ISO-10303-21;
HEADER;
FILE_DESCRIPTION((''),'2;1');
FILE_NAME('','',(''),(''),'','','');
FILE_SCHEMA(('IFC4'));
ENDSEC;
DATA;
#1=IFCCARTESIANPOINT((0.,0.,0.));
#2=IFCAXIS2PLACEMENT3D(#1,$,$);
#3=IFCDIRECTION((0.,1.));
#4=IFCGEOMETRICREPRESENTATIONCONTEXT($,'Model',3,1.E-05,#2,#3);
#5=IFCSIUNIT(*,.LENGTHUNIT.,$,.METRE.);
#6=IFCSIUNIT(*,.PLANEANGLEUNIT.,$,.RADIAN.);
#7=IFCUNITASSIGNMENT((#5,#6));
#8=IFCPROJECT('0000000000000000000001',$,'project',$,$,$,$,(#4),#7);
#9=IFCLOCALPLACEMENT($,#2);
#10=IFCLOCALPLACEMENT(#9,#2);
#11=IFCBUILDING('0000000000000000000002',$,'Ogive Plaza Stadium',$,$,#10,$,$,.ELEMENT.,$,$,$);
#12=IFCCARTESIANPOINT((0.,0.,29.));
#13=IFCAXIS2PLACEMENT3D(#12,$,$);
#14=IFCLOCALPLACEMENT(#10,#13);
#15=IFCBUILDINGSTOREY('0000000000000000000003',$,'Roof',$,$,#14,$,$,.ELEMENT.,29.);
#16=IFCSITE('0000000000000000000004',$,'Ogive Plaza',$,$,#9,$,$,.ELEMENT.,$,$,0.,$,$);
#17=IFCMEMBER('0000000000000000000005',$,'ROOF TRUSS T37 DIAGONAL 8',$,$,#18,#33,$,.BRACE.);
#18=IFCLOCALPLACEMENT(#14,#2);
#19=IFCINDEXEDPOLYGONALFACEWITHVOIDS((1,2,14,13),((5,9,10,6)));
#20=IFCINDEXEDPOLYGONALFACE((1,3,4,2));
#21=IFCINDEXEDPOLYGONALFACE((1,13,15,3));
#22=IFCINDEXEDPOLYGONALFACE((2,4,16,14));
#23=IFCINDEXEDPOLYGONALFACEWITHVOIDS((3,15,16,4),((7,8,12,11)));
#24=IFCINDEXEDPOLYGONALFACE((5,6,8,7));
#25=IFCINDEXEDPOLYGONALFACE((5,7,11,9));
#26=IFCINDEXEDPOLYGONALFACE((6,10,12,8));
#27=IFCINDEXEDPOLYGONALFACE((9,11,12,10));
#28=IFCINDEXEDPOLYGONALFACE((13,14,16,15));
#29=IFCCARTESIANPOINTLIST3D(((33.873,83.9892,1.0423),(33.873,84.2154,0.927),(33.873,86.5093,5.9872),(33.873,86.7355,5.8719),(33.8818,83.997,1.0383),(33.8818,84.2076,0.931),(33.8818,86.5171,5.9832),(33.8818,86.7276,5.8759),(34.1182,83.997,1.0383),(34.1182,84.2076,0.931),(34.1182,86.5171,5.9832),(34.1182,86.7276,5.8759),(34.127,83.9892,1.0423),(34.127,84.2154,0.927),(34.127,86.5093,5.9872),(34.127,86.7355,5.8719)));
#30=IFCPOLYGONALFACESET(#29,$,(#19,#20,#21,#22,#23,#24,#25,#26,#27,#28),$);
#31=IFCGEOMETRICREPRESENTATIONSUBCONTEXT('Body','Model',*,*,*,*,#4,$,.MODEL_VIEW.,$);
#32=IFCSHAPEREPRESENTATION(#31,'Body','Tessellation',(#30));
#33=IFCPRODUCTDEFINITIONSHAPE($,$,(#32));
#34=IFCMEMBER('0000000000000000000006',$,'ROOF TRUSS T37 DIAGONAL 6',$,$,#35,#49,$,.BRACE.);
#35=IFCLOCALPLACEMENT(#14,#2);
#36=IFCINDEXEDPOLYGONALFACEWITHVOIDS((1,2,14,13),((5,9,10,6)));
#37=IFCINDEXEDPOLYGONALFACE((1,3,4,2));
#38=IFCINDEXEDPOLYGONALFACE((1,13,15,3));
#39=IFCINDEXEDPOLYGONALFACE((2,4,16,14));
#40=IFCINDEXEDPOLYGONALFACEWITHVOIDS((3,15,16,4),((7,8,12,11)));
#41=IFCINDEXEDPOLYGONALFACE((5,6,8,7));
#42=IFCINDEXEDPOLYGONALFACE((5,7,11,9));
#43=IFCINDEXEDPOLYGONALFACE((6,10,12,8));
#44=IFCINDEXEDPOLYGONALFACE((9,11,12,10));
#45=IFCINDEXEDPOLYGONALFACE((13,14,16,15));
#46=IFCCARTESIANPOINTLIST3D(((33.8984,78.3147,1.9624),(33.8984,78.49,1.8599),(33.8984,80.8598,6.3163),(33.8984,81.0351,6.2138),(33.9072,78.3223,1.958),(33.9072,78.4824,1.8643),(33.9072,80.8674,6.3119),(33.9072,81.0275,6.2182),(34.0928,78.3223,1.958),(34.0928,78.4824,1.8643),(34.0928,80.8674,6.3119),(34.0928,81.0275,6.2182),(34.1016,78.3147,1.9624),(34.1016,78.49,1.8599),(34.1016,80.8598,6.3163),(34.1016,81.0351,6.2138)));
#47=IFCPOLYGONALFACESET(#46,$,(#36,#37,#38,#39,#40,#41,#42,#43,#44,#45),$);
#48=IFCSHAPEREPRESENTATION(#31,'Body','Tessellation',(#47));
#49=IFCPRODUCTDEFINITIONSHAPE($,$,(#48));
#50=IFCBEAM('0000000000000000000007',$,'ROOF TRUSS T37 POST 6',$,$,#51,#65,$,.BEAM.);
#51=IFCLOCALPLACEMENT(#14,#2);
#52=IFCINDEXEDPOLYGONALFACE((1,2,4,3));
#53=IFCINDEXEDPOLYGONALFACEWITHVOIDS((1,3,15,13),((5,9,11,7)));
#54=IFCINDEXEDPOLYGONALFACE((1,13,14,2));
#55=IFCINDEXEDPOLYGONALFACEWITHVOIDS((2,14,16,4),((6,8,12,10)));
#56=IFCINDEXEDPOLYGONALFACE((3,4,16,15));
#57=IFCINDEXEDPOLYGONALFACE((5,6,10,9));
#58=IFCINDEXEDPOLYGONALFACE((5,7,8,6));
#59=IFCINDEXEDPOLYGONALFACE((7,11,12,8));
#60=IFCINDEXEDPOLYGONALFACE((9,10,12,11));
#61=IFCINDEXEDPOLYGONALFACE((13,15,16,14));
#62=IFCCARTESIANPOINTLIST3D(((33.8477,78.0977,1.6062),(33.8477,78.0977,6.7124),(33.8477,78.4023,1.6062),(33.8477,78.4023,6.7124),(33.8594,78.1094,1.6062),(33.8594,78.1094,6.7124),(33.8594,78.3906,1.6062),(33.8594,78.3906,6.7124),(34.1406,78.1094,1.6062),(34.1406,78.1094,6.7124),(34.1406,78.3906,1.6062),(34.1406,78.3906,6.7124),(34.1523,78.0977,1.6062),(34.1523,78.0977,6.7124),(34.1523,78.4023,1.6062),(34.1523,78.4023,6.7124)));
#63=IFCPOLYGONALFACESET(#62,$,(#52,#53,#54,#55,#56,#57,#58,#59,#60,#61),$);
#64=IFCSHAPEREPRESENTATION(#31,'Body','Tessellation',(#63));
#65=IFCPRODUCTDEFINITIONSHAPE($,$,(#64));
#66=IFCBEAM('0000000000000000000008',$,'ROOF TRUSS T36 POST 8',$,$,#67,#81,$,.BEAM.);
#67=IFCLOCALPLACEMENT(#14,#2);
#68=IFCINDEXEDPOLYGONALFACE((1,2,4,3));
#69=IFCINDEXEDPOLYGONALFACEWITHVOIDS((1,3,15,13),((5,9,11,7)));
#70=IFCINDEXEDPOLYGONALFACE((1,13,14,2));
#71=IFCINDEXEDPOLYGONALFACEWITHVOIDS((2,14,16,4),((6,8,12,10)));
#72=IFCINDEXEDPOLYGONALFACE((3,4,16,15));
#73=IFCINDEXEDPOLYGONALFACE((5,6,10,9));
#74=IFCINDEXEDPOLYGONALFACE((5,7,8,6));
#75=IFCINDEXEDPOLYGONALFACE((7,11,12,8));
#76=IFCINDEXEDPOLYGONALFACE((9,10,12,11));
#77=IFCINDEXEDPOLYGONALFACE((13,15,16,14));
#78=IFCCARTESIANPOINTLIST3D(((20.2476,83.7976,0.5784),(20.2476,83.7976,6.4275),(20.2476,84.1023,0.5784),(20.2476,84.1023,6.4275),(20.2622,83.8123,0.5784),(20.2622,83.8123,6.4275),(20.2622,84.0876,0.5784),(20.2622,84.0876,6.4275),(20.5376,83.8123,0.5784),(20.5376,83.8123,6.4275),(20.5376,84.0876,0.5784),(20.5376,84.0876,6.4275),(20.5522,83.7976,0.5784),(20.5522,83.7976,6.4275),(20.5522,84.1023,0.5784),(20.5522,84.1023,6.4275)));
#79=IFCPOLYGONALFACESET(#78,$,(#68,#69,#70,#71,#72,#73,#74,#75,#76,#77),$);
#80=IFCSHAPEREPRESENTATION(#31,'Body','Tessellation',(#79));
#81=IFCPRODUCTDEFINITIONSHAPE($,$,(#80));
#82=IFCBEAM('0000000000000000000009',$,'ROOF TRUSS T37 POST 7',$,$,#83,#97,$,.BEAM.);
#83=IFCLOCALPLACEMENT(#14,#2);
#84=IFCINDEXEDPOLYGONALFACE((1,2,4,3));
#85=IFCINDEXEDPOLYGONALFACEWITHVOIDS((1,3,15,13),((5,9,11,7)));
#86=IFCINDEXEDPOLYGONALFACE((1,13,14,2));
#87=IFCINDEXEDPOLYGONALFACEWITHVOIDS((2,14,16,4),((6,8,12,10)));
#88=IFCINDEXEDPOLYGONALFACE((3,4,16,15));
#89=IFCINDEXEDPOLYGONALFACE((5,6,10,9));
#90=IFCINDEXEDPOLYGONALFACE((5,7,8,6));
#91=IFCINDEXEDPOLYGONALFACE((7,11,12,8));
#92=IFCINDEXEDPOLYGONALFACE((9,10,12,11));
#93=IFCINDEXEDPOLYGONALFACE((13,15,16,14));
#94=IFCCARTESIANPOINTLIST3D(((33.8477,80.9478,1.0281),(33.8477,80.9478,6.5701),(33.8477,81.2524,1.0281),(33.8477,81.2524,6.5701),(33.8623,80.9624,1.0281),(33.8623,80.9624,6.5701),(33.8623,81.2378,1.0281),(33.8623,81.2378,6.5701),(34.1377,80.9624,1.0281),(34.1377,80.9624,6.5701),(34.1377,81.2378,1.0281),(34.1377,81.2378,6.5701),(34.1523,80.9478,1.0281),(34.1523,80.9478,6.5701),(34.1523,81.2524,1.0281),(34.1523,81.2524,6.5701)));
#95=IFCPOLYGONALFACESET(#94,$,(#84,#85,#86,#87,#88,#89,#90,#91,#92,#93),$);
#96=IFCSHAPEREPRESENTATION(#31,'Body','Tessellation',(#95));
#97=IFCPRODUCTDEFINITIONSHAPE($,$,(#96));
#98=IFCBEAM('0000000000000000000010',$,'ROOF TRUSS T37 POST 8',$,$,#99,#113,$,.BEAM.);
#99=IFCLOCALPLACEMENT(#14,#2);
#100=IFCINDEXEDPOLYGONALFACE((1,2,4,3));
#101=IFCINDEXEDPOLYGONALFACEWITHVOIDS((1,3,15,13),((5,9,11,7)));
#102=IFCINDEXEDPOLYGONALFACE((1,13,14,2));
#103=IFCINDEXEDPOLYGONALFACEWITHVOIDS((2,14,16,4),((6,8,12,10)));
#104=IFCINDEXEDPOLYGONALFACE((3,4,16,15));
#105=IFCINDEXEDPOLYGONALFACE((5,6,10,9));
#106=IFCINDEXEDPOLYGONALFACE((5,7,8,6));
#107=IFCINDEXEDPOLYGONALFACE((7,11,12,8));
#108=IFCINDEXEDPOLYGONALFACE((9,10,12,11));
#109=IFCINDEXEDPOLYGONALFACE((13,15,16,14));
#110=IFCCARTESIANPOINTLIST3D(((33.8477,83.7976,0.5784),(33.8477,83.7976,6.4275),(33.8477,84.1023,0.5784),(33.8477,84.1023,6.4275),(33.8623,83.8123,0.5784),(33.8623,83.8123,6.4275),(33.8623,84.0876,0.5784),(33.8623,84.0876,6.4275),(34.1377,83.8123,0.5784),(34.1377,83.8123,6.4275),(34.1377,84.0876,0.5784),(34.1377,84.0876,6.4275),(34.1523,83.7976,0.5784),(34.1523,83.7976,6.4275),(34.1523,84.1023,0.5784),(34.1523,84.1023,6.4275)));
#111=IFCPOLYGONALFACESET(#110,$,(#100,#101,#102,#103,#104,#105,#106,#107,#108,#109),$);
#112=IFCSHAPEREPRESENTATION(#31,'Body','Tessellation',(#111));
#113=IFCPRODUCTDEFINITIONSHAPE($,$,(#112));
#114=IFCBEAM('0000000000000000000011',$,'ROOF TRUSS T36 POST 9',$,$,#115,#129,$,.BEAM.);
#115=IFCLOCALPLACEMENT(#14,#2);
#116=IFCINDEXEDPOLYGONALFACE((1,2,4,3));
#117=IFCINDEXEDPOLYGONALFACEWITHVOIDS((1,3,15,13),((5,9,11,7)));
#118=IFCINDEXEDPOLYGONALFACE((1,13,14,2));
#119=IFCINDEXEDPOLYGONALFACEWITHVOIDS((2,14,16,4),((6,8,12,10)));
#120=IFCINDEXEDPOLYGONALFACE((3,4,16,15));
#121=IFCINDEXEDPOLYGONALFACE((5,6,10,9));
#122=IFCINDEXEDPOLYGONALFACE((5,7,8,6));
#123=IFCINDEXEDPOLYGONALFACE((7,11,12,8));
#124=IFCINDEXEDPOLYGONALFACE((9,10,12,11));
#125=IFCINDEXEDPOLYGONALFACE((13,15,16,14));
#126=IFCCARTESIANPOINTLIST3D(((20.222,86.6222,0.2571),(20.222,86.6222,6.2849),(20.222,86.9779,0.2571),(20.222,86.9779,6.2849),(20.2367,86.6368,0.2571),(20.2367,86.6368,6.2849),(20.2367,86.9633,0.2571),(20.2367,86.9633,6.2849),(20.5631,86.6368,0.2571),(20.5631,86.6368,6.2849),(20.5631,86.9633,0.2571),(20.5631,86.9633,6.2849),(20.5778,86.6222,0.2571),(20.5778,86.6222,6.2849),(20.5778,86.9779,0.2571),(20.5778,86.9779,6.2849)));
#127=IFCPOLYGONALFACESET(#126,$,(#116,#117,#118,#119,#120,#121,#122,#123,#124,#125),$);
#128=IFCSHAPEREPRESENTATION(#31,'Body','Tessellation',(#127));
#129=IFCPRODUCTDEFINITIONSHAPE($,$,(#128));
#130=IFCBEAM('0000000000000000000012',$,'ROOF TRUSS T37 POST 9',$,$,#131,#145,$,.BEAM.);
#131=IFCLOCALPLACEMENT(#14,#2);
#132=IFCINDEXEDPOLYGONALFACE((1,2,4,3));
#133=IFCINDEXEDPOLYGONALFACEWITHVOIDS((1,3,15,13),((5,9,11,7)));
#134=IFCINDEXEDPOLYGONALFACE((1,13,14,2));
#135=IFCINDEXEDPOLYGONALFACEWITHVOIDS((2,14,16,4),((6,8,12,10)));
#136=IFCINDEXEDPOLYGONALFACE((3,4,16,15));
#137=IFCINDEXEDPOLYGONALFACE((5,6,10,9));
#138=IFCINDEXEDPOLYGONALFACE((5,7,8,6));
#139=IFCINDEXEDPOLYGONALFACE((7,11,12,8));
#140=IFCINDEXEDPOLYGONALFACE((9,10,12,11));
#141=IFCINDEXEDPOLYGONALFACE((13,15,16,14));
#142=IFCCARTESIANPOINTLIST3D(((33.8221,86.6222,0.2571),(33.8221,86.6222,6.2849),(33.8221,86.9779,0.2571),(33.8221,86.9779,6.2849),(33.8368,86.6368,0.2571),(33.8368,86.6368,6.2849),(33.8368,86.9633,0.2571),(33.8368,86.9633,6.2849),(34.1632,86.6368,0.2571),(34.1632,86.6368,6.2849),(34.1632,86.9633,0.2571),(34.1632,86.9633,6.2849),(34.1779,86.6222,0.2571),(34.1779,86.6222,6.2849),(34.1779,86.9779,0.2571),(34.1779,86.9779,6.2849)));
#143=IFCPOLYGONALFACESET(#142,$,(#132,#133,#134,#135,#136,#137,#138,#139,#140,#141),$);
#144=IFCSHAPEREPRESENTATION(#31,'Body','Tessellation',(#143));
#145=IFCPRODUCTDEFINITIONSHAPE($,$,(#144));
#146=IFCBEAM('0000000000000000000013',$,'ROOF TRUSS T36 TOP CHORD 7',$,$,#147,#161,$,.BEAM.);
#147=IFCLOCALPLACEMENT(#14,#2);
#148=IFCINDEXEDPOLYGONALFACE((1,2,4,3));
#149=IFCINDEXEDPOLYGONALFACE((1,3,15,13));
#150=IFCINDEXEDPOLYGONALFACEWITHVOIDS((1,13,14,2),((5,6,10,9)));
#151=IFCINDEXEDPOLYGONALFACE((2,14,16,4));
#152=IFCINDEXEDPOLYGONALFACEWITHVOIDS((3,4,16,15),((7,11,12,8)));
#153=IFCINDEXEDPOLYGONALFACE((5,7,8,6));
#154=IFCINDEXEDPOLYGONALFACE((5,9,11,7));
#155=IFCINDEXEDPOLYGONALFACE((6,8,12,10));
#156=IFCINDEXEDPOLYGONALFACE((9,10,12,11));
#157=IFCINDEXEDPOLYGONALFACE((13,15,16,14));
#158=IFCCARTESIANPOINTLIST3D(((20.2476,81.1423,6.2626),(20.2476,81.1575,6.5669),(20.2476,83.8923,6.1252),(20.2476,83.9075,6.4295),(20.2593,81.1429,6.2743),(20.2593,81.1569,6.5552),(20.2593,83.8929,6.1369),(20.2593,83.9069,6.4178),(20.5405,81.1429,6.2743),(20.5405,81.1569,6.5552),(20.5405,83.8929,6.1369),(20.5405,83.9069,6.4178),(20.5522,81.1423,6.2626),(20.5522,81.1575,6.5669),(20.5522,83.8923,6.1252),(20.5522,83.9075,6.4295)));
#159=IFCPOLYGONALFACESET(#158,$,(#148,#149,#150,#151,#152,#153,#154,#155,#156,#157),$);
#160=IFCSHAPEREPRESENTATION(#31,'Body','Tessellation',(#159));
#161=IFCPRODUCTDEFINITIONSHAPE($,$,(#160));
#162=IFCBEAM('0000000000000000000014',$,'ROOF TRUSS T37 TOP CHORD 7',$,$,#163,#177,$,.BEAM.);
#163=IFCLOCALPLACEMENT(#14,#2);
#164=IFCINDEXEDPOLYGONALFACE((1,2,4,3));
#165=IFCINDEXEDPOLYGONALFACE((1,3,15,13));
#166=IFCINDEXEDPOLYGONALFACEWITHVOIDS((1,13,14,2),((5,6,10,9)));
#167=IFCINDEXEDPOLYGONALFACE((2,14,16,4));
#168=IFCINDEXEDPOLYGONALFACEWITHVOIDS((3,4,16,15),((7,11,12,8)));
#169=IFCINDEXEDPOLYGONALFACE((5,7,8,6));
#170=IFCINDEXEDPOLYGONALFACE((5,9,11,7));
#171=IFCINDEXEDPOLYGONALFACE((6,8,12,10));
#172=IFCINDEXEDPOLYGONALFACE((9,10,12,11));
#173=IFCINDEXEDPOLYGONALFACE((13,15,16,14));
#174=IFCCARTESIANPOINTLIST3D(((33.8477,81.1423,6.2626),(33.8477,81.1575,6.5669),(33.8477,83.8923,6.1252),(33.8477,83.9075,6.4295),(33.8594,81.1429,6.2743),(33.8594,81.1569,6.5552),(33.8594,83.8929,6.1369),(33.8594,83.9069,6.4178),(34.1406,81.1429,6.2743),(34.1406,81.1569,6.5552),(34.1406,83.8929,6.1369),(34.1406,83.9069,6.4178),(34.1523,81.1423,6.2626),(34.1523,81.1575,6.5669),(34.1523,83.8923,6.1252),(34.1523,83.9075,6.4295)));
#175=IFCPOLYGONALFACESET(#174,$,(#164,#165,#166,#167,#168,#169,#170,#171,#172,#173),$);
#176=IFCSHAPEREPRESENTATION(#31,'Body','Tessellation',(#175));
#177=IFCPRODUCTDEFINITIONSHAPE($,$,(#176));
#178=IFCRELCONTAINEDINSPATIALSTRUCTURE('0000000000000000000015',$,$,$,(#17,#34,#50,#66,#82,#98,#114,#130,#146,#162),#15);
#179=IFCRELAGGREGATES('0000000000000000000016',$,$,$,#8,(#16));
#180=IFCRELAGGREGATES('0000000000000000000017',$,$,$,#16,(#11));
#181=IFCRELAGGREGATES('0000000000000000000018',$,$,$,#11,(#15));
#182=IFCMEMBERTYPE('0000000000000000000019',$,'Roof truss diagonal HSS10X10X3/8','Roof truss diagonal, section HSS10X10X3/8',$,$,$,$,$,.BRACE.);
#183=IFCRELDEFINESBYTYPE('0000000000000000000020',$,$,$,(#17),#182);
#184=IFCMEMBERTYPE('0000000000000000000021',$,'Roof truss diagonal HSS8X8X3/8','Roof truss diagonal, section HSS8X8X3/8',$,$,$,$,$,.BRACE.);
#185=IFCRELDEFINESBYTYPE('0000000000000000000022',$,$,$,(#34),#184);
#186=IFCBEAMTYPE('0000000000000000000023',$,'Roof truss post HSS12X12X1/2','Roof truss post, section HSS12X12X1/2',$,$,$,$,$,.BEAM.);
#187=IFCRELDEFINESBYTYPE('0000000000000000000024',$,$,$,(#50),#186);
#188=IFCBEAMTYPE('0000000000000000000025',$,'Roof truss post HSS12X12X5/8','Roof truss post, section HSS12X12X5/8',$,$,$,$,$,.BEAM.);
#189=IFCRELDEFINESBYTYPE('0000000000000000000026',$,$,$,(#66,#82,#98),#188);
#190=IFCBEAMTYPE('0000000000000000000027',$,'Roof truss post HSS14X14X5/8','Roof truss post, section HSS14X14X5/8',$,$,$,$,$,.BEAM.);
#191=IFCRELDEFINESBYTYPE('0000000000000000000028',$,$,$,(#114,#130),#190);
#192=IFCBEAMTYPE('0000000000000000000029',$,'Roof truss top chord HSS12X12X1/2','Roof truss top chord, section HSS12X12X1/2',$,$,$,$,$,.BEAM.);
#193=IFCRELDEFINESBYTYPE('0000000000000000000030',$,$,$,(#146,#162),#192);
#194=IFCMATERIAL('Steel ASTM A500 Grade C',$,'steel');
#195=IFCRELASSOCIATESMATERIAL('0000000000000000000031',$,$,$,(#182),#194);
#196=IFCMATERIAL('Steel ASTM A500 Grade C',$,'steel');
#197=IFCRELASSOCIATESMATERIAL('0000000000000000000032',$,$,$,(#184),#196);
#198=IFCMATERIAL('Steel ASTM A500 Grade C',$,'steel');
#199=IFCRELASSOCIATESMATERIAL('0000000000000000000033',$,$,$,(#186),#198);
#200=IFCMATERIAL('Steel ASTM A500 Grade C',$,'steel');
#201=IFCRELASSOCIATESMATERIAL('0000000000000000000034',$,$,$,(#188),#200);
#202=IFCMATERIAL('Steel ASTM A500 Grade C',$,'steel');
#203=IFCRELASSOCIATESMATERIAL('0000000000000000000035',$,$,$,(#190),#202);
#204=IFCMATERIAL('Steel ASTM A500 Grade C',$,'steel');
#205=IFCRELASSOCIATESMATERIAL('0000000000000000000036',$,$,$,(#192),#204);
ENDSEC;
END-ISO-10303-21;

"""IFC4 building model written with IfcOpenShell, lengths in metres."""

from ifc_helpers import new_model, si_unit, direction, frame, origin, origin_2d, place, context, subcontext, project, spatial, hollow_rectangle, extrude, material, material_profile, profile_set, type_object, element, save


model = new_model("IFC4")

# Units and contexts
model_context = context("Model", 3, precision=1e-05, world=origin(), true_north=direction((0.0, 1.0)))
body_context = subcontext(model_context, "Body", "Model", "MODEL_VIEW")
ifc_project = project(units=[si_unit("LENGTHUNIT", "METRE"), si_unit("PLANEANGLEUNIT", "RADIAN")], contexts=[model_context])

# Site, building, storey
site_placement = place(None, origin())
site = spatial("IfcSite", under=ifc_project, at=site_placement, Name="Ogive Plaza", CompositionType="ELEMENT", RefElevation=0.0)
building_placement = place(site_placement, origin())
building = spatial("IfcBuilding", under=site, at=building_placement, Name="Ogive Plaza Stadium", CompositionType="ELEMENT")
storey_placement = place(building_placement, frame((0.0, 0.0, 29.0)))
storey = spatial("IfcBuildingStorey", under=building, at=storey_placement, Name="Roof", CompositionType="ELEMENT", Elevation=29.0)

# Members
ifc_material_1 = material(Name="Steel ASTM A500 Grade C", Category="steel")
ifc_material_profile_1 = material_profile(ifc_material_1, hollow_rectangle(XDim=0.2539, YDim=0.2539, WallThickness=0.0088, at=origin_2d()), Name="HSS10X10X3/8")
ifc_profile_set_1 = profile_set([ifc_material_profile_1], Name="Steel ASTM A500 Grade C")
member_type_1 = type_object("IfcMemberType", Name="Roof truss diagonal HSS10X10X3/8", Description="Roof truss diagonal, section HSS10X10X3/8", PredefinedType="BRACE", material=ifc_profile_set_1)
member_1_placement = place(storey_placement, frame((34.0, 84.1023, 0.9846), z_axis=(0.0, 0.454063, 0.89097), x_axis=(-1.0, 0.0, 0.0)))
element("IfcMember", 1, at=member_1_placement, inside=storey, type_object=member_type_1, Name="ROOF TRUSS T37 DIAGONAL 8", PredefinedType="BRACE", context=body_context, shape_type="SweptSolid", body=[
    extrude(hollow_rectangle(XDim=0.2539, YDim=0.2539, WallThickness=0.0088, at=origin_2d()), origin(), (0.0, 0.0, 1.0), 5.55),
])
ifc_material_2 = material(Name="Steel ASTM A500 Grade C", Category="steel")
ifc_material_profile_2 = material_profile(ifc_material_2, hollow_rectangle(XDim=0.2031, YDim=0.2031, WallThickness=0.0088, at=origin_2d()), Name="HSS8X8X3/8")
ifc_profile_set_2 = profile_set([ifc_material_profile_2], Name="Steel ASTM A500 Grade C")
member_type_2 = type_object("IfcMemberType", Name="Roof truss diagonal HSS8X8X3/8", Description="Roof truss diagonal, section HSS8X8X3/8", PredefinedType="BRACE", material=ifc_profile_set_2)
member_2_placement = place(storey_placement, frame((34.0, 78.4023, 1.9111), z_axis=(0.0, 0.504659, 0.863319), x_axis=(-1.0, 0.0, 0.0)))
element("IfcMember", 2, at=member_2_placement, inside=storey, type_object=member_type_2, Name="ROOF TRUSS T37 DIAGONAL 6", PredefinedType="BRACE", context=body_context, shape_type="SweptSolid", body=[
    extrude(hollow_rectangle(XDim=0.2031, YDim=0.2031, WallThickness=0.0088, at=origin_2d()), origin(), (0.0, 0.0, 1.0), 5.0432),
])

# Beams
ifc_material_3 = material(Name="Steel ASTM A500 Grade C", Category="steel")
ifc_material_profile_3 = material_profile(ifc_material_3, hollow_rectangle(XDim=0.3047, YDim=0.3047, WallThickness=0.0117, at=origin_2d()), Name="HSS12X12X1/2")
ifc_profile_set_3 = profile_set([ifc_material_profile_3], Name="Steel ASTM A500 Grade C")
beam_type_1 = type_object("IfcBeamType", Name="Roof truss post HSS12X12X1/2", Description="Roof truss post, section HSS12X12X1/2", PredefinedType="BEAM", material=ifc_profile_set_3)
beam_1_placement = place(storey_placement, frame((34.0, 78.25, 1.6062), z_axis=(0.0, 0.0, 1.0), x_axis=(-1.0, 0.0, 0.0)))
element("IfcBeam", 3, at=beam_1_placement, inside=storey, type_object=beam_type_1, Name="ROOF TRUSS T37 POST 6", PredefinedType="BEAM", context=body_context, shape_type="SweptSolid", body=[
    extrude(hollow_rectangle(XDim=0.3047, YDim=0.3047, WallThickness=0.0117, at=origin_2d()), origin(), (0.0, 0.0, 1.0), 5.1062),
])
ifc_material_4 = material(Name="Steel ASTM A500 Grade C", Category="steel")
ifc_material_profile_4 = material_profile(ifc_material_4, hollow_rectangle(XDim=0.3047, YDim=0.3047, WallThickness=0.0146, at=origin_2d()), Name="HSS12X12X5/8")
ifc_profile_set_4 = profile_set([ifc_material_profile_4], Name="Steel ASTM A500 Grade C")
beam_type_2 = type_object("IfcBeamType", Name="Roof truss post HSS12X12X5/8", Description="Roof truss post, section HSS12X12X5/8", PredefinedType="BEAM", material=ifc_profile_set_4)
beam_2_placement = place(storey_placement, frame((20.3999, 83.95, 0.5784), z_axis=(0.0, 0.0, 1.0), x_axis=(-1.0, 0.0, 0.0)))
element("IfcBeam", 4, at=beam_2_placement, inside=storey, type_object=beam_type_2, Name="ROOF TRUSS T36 POST 8", PredefinedType="BEAM", context=body_context, shape_type="SweptSolid", body=[
    extrude(hollow_rectangle(XDim=0.3047, YDim=0.3047, WallThickness=0.0146, at=origin_2d()), origin(), (0.0, 0.0, 1.0), 5.8491),
])
beam_3_placement = place(storey_placement, frame((34.0, 81.1001, 1.0281), z_axis=(0.0, 0.0, 1.0), x_axis=(-1.0, 0.0, 0.0)))
element("IfcBeam", 5, at=beam_3_placement, inside=storey, type_object=beam_type_2, Name="ROOF TRUSS T37 POST 7", PredefinedType="BEAM", context=body_context, shape_type="SweptSolid", body=[
    extrude(hollow_rectangle(XDim=0.3047, YDim=0.3047, WallThickness=0.0146, at=origin_2d()), origin(), (0.0, 0.0, 1.0), 5.542),
])
beam_4_placement = place(storey_placement, frame((34.0, 83.95, 0.5784), z_axis=(0.0, 0.0, 1.0), x_axis=(-1.0, 0.0, 0.0)))
element("IfcBeam", 6, at=beam_4_placement, inside=storey, type_object=beam_type_2, Name="ROOF TRUSS T37 POST 8", PredefinedType="BEAM", context=body_context, shape_type="SweptSolid", body=[
    extrude(hollow_rectangle(XDim=0.3047, YDim=0.3047, WallThickness=0.0146, at=origin_2d()), origin(), (0.0, 0.0, 1.0), 5.8491),
])
ifc_material_5 = material(Name="Steel ASTM A500 Grade C", Category="steel")
ifc_material_profile_5 = material_profile(ifc_material_5, hollow_rectangle(XDim=0.3557, YDim=0.3557, WallThickness=0.0146, at=origin_2d()), Name="HSS14X14X5/8")
ifc_profile_set_5 = profile_set([ifc_material_profile_5], Name="Steel ASTM A500 Grade C")
beam_type_3 = type_object("IfcBeamType", Name="Roof truss post HSS14X14X5/8", Description="Roof truss post, section HSS14X14X5/8", PredefinedType="BEAM", material=ifc_profile_set_5)
for number, where, z_axis, x_axis, name in (
    (7, (20.3999, 86.8, 0.2571), (0.0, 0.0, 1.0), (-1.0, 0.0, 0.0), "ROOF TRUSS T36 POST 9"),
    (8, (34.0, 86.8, 0.2571), (0.0, 0.0, 1.0), (-1.0, 0.0, 0.0), "ROOF TRUSS T37 POST 9"),
):
    element("IfcBeam", number, at=place(storey_placement, frame(where, z_axis=z_axis, x_axis=x_axis)), inside=storey, type_object=beam_type_3, Name=name, PredefinedType="BEAM", context=body_context, shape_type="SweptSolid", body=[
        extrude(hollow_rectangle(XDim=0.3557, YDim=0.3557, WallThickness=0.0146, at=origin_2d()), origin(), (0.0, 0.0, 1.0), 6.0278),
    ])
ifc_material_6 = material(Name="Steel ASTM A500 Grade C", Category="steel")
ifc_material_profile_6 = material_profile(ifc_material_6, hollow_rectangle(XDim=0.3047, YDim=0.3047, WallThickness=0.0117, at=origin_2d()), Name="HSS12X12X1/2")
ifc_profile_set_6 = profile_set([ifc_material_profile_6], Name="Steel ASTM A500 Grade C")
beam_type_4 = type_object("IfcBeamType", Name="Roof truss top chord HSS12X12X1/2", Description="Roof truss top chord, section HSS12X12X1/2", PredefinedType="BEAM", material=ifc_profile_set_6)
for number, where, z_axis, x_axis, name in (
    (9, (20.3999, 81.1499, 6.4148), (0.0, 0.998753, -0.04992), (-1.0, 0.0, 0.0), "ROOF TRUSS T36 TOP CHORD 7"),
    (10, (34.0, 81.1499, 6.4148), (0.0, 0.998753, -0.04992), (-1.0, 0.0, 0.0), "ROOF TRUSS T37 TOP CHORD 7"),
):
    element("IfcBeam", number, at=place(storey_placement, frame(where, z_axis=z_axis, x_axis=x_axis)), inside=storey, type_object=beam_type_4, Name=name, PredefinedType="BEAM", context=body_context, shape_type="SweptSolid", body=[
        extrude(hollow_rectangle(XDim=0.3047, YDim=0.3047, WallThickness=0.0117, at=origin_2d()), origin(), (0.0, 0.0, 1.0), 2.7534),
    ])

save(model, "model.ifc")
